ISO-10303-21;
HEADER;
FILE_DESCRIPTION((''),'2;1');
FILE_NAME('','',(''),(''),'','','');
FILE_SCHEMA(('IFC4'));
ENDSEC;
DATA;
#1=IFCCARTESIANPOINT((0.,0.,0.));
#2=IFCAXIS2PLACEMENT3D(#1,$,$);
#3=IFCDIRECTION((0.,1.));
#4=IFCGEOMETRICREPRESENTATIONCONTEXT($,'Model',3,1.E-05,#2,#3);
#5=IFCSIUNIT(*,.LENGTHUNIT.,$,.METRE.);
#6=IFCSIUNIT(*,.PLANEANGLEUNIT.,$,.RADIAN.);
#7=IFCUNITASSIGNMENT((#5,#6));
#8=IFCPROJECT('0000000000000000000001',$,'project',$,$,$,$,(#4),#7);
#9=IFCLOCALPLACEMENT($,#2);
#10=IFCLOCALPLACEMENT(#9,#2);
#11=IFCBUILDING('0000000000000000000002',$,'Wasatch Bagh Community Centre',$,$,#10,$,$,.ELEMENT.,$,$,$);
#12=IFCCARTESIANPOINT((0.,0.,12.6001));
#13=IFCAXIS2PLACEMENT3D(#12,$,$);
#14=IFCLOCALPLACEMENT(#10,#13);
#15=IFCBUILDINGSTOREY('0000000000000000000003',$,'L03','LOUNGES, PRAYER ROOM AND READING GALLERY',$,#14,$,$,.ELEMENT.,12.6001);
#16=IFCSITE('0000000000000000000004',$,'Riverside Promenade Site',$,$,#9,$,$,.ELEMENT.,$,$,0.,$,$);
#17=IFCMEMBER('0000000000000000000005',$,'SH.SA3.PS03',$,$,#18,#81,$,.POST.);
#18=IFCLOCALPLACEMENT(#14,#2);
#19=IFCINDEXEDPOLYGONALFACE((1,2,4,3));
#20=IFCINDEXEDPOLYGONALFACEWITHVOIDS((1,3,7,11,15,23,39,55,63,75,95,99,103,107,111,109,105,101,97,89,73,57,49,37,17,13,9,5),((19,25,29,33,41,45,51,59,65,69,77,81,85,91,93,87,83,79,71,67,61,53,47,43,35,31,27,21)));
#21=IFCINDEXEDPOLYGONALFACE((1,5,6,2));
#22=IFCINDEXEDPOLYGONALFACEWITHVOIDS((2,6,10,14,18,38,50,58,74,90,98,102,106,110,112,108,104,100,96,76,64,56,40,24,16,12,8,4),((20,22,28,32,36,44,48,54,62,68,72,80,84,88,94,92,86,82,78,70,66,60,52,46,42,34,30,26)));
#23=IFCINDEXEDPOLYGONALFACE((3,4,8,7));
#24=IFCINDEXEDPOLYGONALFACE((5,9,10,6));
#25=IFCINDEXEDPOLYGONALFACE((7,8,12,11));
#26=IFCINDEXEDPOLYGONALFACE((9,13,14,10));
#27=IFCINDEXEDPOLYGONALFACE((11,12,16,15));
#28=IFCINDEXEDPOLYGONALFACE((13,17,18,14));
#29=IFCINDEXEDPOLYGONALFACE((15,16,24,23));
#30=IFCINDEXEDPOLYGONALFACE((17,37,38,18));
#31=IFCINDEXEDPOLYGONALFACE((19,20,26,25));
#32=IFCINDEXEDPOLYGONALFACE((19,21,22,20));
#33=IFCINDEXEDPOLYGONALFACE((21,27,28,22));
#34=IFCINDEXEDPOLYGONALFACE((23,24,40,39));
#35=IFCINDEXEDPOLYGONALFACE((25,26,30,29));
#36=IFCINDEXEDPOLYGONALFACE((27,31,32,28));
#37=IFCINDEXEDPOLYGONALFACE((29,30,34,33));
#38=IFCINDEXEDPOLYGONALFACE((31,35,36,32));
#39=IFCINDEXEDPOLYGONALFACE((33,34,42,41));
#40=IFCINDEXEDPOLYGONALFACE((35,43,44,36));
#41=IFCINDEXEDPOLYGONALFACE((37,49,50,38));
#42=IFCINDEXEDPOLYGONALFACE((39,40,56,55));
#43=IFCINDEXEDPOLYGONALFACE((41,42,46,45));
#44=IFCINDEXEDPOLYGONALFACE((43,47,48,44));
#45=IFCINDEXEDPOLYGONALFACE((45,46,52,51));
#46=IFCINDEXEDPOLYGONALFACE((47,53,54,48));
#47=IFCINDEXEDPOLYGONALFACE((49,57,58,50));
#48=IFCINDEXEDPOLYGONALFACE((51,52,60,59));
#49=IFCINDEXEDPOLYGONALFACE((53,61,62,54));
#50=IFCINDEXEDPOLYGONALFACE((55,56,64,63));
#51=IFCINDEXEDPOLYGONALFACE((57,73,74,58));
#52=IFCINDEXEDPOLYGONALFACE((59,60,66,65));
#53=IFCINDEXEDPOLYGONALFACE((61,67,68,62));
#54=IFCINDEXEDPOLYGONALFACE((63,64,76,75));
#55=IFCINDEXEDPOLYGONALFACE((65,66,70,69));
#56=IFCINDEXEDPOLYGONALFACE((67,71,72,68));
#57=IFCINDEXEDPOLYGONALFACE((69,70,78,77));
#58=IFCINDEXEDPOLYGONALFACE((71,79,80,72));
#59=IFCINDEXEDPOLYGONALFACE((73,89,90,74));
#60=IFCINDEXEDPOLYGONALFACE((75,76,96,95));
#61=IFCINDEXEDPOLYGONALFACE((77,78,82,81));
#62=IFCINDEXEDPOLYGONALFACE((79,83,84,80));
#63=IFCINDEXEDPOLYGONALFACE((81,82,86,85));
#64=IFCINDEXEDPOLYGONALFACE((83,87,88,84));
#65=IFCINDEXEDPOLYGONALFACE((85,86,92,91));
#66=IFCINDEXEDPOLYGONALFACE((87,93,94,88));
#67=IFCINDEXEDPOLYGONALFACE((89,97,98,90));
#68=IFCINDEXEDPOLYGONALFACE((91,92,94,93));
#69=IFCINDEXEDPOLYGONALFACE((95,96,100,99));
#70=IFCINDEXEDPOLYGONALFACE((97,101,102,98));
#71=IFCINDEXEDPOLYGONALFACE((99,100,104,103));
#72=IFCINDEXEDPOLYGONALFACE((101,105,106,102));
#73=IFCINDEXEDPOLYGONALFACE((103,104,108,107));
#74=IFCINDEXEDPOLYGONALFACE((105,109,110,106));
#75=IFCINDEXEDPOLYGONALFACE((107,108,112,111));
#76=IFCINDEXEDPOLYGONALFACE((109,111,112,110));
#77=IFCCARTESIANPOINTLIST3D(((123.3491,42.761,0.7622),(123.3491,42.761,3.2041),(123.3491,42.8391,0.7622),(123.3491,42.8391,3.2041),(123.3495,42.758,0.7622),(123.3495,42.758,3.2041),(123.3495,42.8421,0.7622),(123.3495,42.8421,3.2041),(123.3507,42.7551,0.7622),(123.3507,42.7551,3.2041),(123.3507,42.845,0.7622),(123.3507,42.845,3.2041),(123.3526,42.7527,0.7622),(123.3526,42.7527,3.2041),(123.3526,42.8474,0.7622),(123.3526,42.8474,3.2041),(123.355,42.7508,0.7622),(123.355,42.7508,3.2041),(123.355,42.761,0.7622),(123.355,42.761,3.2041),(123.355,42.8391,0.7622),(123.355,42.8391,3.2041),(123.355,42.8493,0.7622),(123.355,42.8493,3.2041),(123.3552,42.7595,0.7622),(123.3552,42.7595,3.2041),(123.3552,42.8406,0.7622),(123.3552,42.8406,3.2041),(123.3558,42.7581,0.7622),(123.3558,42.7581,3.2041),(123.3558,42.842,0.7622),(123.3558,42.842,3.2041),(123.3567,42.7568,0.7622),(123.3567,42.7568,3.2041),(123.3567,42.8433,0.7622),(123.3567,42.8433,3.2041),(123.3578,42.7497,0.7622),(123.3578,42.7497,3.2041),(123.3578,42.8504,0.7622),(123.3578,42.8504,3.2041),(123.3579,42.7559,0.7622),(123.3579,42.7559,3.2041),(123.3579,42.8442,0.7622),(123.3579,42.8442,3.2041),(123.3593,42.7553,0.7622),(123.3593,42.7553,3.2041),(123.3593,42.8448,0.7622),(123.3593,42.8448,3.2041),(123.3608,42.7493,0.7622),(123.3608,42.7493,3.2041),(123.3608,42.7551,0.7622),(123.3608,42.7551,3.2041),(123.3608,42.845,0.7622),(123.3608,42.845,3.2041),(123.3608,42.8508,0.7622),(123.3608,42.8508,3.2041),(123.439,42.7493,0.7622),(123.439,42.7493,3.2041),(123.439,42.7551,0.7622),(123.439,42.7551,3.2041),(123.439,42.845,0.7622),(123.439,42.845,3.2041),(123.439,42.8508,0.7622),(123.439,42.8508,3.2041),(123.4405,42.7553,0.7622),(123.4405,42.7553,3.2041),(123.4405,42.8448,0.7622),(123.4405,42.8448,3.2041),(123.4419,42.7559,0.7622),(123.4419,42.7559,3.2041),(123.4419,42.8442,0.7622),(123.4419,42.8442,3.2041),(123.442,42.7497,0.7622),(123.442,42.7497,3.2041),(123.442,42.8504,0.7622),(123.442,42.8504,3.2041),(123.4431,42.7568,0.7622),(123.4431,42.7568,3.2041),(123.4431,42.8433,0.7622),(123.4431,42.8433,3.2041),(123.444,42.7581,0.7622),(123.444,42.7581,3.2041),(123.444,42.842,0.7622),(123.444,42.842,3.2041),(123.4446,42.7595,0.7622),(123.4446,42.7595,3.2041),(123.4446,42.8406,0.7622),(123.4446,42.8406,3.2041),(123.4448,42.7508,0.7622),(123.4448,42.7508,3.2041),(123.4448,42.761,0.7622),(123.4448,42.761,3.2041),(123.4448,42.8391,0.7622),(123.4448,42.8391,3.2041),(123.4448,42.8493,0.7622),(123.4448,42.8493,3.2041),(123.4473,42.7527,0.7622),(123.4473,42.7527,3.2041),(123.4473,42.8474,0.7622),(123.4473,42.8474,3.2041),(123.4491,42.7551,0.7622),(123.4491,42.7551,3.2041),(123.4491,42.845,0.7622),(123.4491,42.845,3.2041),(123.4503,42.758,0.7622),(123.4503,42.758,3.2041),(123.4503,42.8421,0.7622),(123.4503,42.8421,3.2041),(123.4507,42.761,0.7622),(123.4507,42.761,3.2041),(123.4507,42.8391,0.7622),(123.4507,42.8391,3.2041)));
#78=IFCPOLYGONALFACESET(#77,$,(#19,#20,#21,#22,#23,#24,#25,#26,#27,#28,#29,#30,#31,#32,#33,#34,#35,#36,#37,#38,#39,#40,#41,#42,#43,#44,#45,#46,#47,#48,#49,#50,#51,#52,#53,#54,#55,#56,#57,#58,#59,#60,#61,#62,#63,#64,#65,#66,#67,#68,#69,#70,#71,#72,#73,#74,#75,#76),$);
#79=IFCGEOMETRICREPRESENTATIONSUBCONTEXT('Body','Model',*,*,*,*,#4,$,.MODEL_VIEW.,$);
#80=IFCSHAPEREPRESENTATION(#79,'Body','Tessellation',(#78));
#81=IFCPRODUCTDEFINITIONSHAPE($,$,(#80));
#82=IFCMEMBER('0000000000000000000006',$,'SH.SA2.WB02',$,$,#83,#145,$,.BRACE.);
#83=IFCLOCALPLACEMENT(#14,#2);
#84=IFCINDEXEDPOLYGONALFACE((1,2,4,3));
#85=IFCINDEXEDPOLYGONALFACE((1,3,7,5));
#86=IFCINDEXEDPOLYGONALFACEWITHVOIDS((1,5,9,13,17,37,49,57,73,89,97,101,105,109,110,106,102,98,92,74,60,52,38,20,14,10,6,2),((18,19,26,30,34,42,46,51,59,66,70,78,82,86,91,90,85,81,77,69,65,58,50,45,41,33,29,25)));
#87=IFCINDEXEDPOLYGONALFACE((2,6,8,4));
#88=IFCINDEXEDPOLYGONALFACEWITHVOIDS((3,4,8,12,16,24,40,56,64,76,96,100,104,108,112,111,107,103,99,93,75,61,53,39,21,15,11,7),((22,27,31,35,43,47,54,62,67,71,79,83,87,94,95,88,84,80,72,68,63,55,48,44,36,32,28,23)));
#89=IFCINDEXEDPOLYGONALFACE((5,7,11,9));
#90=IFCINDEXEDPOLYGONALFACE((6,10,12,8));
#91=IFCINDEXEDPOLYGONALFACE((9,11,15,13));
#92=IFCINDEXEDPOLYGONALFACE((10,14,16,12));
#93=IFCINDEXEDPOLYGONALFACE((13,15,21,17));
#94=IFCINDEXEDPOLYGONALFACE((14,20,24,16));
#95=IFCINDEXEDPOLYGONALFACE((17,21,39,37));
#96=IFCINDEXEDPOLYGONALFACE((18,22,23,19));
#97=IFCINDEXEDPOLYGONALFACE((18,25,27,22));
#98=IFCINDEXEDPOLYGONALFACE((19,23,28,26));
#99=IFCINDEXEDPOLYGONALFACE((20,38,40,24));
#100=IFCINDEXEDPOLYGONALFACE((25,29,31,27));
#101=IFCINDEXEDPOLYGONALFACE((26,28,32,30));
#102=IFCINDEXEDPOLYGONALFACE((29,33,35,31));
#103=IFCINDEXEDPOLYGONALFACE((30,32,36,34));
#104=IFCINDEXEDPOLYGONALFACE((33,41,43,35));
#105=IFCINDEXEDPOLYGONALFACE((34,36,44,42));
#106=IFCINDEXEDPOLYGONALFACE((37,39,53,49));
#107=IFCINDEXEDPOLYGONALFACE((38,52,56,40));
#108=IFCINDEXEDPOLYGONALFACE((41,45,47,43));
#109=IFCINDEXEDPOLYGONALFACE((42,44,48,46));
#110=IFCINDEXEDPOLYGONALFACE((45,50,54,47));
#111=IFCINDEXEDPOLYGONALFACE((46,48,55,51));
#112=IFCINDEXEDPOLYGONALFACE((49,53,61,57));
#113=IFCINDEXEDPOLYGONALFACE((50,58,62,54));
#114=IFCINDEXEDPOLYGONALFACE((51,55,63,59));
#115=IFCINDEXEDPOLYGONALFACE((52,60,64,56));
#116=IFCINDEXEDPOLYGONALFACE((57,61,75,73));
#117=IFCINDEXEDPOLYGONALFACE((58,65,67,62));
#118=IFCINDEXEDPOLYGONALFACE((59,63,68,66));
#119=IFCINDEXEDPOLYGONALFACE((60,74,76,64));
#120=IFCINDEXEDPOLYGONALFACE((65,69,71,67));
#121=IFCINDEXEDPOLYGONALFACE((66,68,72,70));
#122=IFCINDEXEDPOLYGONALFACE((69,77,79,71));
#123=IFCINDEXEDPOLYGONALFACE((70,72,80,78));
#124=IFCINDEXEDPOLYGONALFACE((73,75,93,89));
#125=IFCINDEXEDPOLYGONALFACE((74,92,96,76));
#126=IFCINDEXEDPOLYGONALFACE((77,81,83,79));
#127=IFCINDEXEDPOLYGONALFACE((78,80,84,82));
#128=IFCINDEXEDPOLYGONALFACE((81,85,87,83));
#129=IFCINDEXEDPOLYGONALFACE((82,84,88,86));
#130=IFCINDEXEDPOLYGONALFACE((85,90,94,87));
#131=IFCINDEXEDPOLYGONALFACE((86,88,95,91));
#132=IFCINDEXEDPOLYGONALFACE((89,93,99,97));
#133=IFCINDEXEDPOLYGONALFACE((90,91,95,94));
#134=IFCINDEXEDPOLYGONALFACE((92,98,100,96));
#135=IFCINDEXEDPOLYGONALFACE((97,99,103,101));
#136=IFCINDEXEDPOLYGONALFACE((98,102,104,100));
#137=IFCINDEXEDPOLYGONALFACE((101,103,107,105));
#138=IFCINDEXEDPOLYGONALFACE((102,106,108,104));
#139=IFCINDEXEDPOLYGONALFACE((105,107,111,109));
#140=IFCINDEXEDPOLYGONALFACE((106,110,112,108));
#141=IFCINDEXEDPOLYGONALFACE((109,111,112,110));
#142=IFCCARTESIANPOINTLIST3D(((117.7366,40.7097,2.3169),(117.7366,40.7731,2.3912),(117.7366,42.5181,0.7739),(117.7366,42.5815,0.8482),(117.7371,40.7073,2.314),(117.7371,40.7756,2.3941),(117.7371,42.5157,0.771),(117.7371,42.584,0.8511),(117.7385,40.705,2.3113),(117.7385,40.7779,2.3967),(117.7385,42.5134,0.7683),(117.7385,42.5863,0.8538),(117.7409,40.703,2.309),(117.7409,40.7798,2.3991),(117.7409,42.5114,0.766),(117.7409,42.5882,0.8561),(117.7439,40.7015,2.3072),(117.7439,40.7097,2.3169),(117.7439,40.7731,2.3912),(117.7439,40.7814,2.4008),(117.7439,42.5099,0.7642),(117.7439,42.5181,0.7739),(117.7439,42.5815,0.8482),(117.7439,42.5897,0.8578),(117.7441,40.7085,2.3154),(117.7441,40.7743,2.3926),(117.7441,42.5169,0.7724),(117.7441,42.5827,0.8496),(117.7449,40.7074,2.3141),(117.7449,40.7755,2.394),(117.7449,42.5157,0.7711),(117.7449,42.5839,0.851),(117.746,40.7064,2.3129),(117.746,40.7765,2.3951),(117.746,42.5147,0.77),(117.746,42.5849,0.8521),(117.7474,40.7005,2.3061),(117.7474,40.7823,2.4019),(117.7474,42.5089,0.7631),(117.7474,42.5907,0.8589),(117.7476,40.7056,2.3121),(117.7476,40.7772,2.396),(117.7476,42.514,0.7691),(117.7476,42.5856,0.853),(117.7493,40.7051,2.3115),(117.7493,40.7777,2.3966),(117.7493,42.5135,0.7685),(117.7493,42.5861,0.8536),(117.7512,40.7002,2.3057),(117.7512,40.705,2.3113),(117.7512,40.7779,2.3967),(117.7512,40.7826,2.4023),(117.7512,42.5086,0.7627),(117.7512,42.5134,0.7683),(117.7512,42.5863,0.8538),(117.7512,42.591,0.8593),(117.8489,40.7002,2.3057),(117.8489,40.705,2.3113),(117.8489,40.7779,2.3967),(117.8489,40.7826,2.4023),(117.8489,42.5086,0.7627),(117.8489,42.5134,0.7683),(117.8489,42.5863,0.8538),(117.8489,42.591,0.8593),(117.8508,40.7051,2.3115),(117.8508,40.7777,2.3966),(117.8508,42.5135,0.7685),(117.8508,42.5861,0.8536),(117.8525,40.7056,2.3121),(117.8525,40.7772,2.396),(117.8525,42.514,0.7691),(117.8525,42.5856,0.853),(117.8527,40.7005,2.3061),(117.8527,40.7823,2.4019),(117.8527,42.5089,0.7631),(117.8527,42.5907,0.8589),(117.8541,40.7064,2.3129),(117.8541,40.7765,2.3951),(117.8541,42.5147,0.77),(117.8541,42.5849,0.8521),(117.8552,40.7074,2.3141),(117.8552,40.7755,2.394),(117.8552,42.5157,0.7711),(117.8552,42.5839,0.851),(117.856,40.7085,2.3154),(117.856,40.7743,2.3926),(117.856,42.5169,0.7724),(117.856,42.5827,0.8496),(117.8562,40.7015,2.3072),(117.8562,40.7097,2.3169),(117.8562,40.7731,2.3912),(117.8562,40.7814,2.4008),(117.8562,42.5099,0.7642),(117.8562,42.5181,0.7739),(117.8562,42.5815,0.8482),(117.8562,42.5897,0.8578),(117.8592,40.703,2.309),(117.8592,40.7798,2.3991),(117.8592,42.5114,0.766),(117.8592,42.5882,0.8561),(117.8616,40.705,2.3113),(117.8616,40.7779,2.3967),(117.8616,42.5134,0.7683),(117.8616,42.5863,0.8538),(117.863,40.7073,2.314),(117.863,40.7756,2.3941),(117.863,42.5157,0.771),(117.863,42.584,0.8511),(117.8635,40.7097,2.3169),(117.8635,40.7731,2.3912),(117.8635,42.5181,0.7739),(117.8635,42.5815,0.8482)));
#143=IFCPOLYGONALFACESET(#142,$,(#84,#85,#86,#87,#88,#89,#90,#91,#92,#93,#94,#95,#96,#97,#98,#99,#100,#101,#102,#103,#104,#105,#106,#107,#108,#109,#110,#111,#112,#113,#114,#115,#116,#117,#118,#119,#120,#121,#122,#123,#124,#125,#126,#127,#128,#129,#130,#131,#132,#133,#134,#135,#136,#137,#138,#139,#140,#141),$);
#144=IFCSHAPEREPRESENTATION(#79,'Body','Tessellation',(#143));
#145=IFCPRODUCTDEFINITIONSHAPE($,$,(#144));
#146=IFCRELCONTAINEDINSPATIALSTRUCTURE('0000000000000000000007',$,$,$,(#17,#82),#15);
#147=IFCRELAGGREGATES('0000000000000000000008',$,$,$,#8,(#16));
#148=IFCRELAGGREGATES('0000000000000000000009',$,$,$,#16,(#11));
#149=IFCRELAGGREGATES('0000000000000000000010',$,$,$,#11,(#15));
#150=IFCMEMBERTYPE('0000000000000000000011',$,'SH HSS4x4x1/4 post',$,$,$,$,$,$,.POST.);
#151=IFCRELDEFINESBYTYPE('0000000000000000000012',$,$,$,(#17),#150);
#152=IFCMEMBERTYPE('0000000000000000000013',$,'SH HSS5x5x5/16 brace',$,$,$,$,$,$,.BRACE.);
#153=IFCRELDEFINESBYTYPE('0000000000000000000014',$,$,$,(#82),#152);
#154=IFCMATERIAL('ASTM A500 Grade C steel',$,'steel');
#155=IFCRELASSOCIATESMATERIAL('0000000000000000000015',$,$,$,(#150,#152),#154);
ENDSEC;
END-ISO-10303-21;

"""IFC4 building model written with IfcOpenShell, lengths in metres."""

from ifc_helpers import new_model, si_unit, direction, frame, origin, origin_2d, place, context, subcontext, project, spatial, hollow_rectangle, extrude, material, material_profile, profile_set, type_object, element, save


model = new_model("IFC4")

# Units and contexts
model_context = context("Model", 3, precision=1e-05, world=origin(), true_north=direction((0.0, 1.0)))
body_context = subcontext(model_context, "Body", "Model", "MODEL_VIEW")
ifc_project = project(units=[si_unit("LENGTHUNIT", "METRE"), si_unit("PLANEANGLEUNIT", "RADIAN")], contexts=[model_context])

# Site, building, storey
site_placement = place(None, origin())
site = spatial("IfcSite", under=ifc_project, at=site_placement, Name="Riverside Promenade Site", CompositionType="ELEMENT", RefElevation=0.0)
building_placement = place(site_placement, origin())
building = spatial("IfcBuilding", under=site, at=building_placement, Name="Wasatch Bagh Community Centre", CompositionType="ELEMENT")
storey_placement = place(building_placement, frame((0.0, 0.0, 12.6001)))
storey = spatial("IfcBuildingStorey", under=building, at=storey_placement, Name="L03", Description="LOUNGES, PRAYER ROOM AND READING GALLERY", CompositionType="ELEMENT", Elevation=12.6001)

# Members
ifc_material_1 = material(Name="ASTM A500 Grade C steel", Category="steel")
ifc_material_profile_1 = material_profile(ifc_material_1, hollow_rectangle(XDim=0.1016, YDim=0.1016, WallThickness=0.0059, InnerFilletRadius=0.0059, OuterFilletRadius=0.0117, at=origin_2d()), Name="HSS4x4x1/4")
ifc_profile_set_1 = profile_set([ifc_material_profile_1], Name="ASTM A500 Grade C steel")
member_type_1 = type_object("IfcMemberType", Name="SH HSS4x4x1/4 post", PredefinedType="POST", material=ifc_profile_set_1)
member_1_placement = place(storey_placement, frame((123.3999, 42.8, 0.7622), z_axis=(0.0, 0.0, 1.0), x_axis=(1.0, 0.0, 0.0)))
element("IfcMember", 1, at=member_1_placement, inside=storey, type_object=member_type_1, Name="SH.SA3.PS03", PredefinedType="POST", context=body_context, shape_type="SweptSolid", body=[
    extrude(hollow_rectangle(XDim=0.1016, YDim=0.1016, WallThickness=0.0059, InnerFilletRadius=0.0059, OuterFilletRadius=0.0117, at=origin_2d()), origin(), (0.0, 0.0, 1.0), 2.4419),
])
ifc_material_profile_2 = material_profile(ifc_material_1, hollow_rectangle(XDim=0.127, YDim=0.127, WallThickness=0.0073, InnerFilletRadius=0.0073, OuterFilletRadius=0.0146, at=origin_2d()), Name="HSS5x5x5/16")
ifc_profile_set_2 = profile_set([ifc_material_profile_2], Name="ASTM A500 Grade C steel")
member_type_2 = type_object("IfcMemberType", Name="SH HSS5x5x5/16 brace", PredefinedType="BRACE", material=ifc_profile_set_2)
member_2_placement = place(storey_placement, frame((117.8, 42.5498, 0.811), z_axis=(0.0, -0.760719, 0.649081), x_axis=(1.0, 0.0, 0.0)))
element("IfcMember", 2, at=member_2_placement, inside=storey, type_object=member_type_2, Name="SH.SA2.WB02", PredefinedType="BRACE", context=body_context, shape_type="SweptSolid", body=[
    extrude(hollow_rectangle(XDim=0.127, YDim=0.127, WallThickness=0.0073, InnerFilletRadius=0.0073, OuterFilletRadius=0.0146, at=origin_2d()), origin(), (0.0, 0.0, 1.0), 2.3772),
])

save(model, "model.ifc")
